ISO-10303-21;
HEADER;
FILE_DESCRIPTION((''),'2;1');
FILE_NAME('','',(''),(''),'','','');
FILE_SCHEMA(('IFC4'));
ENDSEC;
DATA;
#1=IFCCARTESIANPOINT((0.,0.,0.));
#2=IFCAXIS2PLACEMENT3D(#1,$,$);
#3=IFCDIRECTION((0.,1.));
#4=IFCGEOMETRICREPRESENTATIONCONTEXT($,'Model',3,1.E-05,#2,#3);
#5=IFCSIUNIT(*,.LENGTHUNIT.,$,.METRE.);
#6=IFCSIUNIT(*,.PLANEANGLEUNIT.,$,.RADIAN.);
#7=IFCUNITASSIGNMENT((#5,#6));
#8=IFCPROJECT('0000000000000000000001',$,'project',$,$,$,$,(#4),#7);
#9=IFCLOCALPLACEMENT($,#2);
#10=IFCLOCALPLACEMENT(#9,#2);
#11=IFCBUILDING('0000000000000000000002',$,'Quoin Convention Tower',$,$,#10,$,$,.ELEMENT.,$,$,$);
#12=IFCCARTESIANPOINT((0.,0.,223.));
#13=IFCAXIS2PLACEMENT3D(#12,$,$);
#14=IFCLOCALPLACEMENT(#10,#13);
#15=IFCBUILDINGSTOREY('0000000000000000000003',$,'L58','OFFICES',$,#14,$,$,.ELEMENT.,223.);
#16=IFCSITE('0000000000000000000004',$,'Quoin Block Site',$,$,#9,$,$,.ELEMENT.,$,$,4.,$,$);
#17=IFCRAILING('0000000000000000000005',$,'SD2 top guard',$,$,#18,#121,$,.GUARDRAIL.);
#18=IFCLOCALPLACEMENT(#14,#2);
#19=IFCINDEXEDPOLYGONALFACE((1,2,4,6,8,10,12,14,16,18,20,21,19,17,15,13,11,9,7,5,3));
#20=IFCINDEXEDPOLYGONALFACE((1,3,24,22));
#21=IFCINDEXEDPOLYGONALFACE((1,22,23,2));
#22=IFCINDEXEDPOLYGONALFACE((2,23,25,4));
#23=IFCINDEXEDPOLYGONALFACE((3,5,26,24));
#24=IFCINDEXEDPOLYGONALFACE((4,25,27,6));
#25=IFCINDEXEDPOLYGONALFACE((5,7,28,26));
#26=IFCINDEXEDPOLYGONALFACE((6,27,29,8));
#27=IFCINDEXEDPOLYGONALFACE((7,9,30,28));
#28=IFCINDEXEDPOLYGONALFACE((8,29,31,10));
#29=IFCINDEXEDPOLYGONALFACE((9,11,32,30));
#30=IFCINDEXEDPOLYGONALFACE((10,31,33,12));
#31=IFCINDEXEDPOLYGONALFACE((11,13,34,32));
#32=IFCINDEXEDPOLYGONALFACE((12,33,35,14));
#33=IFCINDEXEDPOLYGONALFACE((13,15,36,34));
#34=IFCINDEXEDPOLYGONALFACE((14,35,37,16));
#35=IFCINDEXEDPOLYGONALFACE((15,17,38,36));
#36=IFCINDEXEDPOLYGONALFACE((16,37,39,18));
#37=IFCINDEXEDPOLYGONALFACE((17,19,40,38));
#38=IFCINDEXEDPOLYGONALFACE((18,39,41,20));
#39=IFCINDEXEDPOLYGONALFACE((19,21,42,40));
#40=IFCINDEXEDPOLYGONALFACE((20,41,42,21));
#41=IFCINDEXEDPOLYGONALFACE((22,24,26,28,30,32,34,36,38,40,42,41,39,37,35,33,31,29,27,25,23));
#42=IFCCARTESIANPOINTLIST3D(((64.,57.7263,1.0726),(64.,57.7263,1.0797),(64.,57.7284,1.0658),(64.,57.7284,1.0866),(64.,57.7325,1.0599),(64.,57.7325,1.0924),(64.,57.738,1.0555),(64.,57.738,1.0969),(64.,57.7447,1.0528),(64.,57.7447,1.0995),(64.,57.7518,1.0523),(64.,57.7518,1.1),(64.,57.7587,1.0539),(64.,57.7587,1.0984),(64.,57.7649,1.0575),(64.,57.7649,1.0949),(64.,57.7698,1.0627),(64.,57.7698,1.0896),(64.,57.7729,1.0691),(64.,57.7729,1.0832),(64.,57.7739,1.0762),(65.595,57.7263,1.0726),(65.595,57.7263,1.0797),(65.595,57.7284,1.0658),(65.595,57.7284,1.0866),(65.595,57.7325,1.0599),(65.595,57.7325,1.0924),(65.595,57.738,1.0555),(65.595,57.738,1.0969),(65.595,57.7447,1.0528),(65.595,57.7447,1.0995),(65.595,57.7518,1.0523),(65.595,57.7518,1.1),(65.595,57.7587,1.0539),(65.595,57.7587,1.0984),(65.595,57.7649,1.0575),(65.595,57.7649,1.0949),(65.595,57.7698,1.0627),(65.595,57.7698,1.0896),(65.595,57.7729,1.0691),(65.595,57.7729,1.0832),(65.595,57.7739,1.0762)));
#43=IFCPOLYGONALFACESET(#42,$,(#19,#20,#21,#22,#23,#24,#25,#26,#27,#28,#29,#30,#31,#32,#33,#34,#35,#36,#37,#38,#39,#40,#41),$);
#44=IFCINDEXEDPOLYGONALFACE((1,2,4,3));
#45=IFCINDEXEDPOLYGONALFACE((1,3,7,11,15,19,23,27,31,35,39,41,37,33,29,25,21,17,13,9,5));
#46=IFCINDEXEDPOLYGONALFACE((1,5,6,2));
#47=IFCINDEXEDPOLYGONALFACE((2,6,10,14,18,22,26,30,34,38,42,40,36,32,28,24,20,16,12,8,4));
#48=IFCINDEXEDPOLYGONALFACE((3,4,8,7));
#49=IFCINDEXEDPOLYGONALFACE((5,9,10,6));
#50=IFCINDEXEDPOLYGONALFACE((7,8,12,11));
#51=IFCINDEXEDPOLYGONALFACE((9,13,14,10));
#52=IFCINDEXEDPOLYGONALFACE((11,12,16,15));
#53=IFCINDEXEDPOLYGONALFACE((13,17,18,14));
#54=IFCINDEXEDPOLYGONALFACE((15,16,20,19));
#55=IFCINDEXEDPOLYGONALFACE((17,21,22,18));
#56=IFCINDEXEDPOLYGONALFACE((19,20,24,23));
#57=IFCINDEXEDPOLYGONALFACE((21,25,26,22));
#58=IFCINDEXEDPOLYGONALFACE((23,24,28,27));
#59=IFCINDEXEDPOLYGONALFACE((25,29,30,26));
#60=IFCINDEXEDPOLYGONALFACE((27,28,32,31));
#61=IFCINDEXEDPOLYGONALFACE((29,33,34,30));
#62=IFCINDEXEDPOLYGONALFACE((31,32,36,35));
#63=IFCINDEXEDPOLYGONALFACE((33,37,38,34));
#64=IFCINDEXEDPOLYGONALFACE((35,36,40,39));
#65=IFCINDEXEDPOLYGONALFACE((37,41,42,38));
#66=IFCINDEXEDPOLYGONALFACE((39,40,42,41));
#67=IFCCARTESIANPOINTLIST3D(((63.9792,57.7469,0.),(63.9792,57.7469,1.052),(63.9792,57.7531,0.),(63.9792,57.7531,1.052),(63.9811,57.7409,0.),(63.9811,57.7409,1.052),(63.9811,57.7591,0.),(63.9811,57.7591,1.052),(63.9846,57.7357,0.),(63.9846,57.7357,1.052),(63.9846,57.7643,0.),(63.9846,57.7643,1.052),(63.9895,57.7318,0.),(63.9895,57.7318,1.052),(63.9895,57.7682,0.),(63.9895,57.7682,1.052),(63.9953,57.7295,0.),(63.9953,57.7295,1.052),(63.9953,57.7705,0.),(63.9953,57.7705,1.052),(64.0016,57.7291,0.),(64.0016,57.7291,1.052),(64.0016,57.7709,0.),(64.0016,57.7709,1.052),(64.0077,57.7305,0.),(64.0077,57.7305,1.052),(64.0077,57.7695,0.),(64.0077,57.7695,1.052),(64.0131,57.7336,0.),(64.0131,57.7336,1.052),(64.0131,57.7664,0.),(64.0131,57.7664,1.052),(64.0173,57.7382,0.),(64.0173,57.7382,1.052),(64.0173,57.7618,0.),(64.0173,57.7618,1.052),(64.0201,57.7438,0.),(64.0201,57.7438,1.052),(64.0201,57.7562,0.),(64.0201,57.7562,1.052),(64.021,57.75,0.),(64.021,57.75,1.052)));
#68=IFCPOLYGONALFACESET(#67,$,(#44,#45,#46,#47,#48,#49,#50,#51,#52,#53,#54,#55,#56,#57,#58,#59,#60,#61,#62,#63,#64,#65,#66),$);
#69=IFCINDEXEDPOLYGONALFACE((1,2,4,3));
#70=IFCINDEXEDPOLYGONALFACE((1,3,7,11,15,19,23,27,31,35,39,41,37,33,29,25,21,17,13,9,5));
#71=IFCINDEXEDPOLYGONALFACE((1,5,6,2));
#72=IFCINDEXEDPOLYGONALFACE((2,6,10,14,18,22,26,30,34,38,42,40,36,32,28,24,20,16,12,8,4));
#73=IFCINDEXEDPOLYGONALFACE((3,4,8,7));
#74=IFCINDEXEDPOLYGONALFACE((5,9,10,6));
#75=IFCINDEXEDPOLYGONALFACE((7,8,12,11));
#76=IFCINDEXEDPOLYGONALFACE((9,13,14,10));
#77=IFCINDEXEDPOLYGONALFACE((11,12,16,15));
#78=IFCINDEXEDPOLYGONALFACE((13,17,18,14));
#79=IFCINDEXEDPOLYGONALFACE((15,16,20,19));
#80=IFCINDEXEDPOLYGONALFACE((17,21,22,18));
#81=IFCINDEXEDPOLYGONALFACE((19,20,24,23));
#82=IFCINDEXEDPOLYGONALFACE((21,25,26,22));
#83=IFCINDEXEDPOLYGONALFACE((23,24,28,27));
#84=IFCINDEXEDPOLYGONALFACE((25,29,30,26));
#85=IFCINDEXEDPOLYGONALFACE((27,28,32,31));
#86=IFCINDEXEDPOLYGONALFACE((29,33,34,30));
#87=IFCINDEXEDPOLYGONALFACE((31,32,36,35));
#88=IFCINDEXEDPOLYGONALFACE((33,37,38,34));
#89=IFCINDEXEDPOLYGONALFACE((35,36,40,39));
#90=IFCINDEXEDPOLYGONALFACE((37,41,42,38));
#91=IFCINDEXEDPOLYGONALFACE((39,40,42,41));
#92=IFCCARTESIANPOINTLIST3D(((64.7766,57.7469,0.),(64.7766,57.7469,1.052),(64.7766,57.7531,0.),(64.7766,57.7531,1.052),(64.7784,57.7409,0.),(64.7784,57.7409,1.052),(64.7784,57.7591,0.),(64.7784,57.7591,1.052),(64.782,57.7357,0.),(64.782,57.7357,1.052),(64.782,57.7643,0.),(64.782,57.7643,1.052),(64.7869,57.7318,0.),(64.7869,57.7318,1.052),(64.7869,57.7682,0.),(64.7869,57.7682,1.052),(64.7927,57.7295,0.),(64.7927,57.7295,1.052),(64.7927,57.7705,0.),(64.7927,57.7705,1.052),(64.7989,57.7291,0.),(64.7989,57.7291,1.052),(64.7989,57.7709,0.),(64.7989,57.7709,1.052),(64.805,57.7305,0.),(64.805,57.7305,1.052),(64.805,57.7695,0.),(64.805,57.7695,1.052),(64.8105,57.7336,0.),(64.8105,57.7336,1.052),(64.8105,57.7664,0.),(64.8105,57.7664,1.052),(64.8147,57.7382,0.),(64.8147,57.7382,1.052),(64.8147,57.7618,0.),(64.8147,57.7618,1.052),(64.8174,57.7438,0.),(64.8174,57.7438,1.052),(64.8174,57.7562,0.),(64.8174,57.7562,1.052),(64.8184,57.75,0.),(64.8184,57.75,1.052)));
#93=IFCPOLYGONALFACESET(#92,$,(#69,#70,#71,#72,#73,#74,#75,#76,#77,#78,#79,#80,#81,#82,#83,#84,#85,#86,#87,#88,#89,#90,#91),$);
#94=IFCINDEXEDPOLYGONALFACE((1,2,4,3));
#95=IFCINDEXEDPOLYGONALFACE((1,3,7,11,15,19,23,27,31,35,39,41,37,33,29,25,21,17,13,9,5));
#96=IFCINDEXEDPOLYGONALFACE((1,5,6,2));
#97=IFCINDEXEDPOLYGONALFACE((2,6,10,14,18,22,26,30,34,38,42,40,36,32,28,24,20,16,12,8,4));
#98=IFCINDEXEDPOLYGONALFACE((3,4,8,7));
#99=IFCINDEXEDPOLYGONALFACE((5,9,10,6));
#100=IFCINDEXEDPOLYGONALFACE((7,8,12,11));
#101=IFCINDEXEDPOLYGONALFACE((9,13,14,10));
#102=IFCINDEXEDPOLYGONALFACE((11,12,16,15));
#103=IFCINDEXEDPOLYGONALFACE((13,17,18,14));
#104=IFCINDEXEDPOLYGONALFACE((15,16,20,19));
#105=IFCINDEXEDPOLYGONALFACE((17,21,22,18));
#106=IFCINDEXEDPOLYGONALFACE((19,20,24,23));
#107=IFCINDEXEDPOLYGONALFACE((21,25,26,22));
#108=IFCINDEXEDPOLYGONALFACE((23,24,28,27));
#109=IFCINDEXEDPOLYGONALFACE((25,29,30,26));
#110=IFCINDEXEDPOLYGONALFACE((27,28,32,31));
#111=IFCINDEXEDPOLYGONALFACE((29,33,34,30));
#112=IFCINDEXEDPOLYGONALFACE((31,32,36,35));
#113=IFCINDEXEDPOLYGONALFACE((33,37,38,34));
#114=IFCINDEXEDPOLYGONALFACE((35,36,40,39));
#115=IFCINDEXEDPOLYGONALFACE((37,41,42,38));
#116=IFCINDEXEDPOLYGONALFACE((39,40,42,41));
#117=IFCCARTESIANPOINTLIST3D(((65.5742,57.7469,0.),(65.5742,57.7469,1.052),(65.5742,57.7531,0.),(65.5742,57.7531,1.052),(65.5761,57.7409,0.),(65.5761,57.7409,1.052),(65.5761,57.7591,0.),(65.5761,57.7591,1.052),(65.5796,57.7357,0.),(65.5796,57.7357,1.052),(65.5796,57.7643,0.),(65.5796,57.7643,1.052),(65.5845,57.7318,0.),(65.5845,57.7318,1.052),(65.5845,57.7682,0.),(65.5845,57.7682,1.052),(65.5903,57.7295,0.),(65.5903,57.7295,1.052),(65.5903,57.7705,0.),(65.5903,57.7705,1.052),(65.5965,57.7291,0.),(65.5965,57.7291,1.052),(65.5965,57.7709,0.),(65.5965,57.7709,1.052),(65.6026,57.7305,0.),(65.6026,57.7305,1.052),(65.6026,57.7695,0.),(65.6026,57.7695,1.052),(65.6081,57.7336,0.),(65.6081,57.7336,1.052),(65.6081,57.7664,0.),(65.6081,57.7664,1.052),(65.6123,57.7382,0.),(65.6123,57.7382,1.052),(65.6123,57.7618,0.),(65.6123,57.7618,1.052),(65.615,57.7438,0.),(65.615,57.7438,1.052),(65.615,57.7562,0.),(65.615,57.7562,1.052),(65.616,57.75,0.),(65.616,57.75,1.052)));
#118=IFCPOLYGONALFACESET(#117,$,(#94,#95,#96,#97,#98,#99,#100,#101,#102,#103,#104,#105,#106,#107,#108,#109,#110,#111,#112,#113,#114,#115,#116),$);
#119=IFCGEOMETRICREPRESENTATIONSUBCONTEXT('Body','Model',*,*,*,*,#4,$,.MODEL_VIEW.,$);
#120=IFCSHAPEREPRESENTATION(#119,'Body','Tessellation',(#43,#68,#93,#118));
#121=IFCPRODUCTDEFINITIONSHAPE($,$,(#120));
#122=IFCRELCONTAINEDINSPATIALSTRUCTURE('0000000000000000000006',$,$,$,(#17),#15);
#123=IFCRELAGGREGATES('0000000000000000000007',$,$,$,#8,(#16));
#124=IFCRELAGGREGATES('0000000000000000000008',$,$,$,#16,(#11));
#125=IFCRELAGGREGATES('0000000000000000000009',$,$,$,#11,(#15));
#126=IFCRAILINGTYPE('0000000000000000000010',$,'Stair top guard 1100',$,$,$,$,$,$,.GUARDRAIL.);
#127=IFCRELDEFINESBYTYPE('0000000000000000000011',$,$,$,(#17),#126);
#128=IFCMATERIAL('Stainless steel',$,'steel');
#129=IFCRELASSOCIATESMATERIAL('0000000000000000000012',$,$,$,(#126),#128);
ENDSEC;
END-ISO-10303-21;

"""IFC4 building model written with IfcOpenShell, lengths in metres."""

from ifc_helpers import new_model, si_unit, direction, frame, origin, origin_2d, place, context, subcontext, project, spatial, circle, extrude, material, type_object, element, save


model = new_model("IFC4")

# Units and contexts
model_context = context("Model", 3, precision=1e-05, world=origin(), true_north=direction((0.0, 1.0)))
body_context = subcontext(model_context, "Body", "Model", "MODEL_VIEW")
ifc_project = project(units=[si_unit("LENGTHUNIT", "METRE"), si_unit("PLANEANGLEUNIT", "RADIAN")], contexts=[model_context])

# Site, building, storey
site_placement = place(None, origin())
site = spatial("IfcSite", under=ifc_project, at=site_placement, Name="Quoin Block Site", CompositionType="ELEMENT", RefElevation=4.0)
building_placement = place(site_placement, origin())
building = spatial("IfcBuilding", under=site, at=building_placement, Name="Quoin Convention Tower", CompositionType="ELEMENT")
storey_placement = place(building_placement, frame((0.0, 0.0, 223.0)))
storey = spatial("IfcBuildingStorey", under=building, at=storey_placement, Name="L58", Description="OFFICES", CompositionType="ELEMENT", Elevation=223.0)

# Railing
ifc_material_1 = material(Name="Stainless steel", Category="steel")
railing_type_1 = type_object("IfcRailingType", Name="Stair top guard 1100", PredefinedType="GUARDRAIL", material=ifc_material_1)
railing_1_placement = place(storey_placement, frame((64.0, 57.75, 0.0)))
element("IfcRailing", 1, at=railing_1_placement, inside=storey, type_object=railing_type_1, Name="SD2 top guard", PredefinedType="GUARDRAIL", context=body_context, shape_type="SweptSolid", body=[
    extrude(circle(Radius=0.0239, at=origin_2d()), frame((0.0, 0.0, 1.0762), z_axis=(1.0, 0.0, 0.0), x_axis=(0.0, 1.0, 0.0)), (0.0, 0.0, 1.0), 1.595),
    extrude(circle(Radius=0.021, at=origin_2d()), origin(), (0.0, 0.0, 1.0), 1.052),
    extrude(circle(Radius=0.021, at=origin_2d()), frame((0.7974, 0.0, 0.0)), (0.0, 0.0, 1.0), 1.052),
    extrude(circle(Radius=0.021, at=origin_2d()), frame((1.595, 0.0, 0.0)), (0.0, 0.0, 1.0), 1.052),
])

save(model, "model.ifc")
